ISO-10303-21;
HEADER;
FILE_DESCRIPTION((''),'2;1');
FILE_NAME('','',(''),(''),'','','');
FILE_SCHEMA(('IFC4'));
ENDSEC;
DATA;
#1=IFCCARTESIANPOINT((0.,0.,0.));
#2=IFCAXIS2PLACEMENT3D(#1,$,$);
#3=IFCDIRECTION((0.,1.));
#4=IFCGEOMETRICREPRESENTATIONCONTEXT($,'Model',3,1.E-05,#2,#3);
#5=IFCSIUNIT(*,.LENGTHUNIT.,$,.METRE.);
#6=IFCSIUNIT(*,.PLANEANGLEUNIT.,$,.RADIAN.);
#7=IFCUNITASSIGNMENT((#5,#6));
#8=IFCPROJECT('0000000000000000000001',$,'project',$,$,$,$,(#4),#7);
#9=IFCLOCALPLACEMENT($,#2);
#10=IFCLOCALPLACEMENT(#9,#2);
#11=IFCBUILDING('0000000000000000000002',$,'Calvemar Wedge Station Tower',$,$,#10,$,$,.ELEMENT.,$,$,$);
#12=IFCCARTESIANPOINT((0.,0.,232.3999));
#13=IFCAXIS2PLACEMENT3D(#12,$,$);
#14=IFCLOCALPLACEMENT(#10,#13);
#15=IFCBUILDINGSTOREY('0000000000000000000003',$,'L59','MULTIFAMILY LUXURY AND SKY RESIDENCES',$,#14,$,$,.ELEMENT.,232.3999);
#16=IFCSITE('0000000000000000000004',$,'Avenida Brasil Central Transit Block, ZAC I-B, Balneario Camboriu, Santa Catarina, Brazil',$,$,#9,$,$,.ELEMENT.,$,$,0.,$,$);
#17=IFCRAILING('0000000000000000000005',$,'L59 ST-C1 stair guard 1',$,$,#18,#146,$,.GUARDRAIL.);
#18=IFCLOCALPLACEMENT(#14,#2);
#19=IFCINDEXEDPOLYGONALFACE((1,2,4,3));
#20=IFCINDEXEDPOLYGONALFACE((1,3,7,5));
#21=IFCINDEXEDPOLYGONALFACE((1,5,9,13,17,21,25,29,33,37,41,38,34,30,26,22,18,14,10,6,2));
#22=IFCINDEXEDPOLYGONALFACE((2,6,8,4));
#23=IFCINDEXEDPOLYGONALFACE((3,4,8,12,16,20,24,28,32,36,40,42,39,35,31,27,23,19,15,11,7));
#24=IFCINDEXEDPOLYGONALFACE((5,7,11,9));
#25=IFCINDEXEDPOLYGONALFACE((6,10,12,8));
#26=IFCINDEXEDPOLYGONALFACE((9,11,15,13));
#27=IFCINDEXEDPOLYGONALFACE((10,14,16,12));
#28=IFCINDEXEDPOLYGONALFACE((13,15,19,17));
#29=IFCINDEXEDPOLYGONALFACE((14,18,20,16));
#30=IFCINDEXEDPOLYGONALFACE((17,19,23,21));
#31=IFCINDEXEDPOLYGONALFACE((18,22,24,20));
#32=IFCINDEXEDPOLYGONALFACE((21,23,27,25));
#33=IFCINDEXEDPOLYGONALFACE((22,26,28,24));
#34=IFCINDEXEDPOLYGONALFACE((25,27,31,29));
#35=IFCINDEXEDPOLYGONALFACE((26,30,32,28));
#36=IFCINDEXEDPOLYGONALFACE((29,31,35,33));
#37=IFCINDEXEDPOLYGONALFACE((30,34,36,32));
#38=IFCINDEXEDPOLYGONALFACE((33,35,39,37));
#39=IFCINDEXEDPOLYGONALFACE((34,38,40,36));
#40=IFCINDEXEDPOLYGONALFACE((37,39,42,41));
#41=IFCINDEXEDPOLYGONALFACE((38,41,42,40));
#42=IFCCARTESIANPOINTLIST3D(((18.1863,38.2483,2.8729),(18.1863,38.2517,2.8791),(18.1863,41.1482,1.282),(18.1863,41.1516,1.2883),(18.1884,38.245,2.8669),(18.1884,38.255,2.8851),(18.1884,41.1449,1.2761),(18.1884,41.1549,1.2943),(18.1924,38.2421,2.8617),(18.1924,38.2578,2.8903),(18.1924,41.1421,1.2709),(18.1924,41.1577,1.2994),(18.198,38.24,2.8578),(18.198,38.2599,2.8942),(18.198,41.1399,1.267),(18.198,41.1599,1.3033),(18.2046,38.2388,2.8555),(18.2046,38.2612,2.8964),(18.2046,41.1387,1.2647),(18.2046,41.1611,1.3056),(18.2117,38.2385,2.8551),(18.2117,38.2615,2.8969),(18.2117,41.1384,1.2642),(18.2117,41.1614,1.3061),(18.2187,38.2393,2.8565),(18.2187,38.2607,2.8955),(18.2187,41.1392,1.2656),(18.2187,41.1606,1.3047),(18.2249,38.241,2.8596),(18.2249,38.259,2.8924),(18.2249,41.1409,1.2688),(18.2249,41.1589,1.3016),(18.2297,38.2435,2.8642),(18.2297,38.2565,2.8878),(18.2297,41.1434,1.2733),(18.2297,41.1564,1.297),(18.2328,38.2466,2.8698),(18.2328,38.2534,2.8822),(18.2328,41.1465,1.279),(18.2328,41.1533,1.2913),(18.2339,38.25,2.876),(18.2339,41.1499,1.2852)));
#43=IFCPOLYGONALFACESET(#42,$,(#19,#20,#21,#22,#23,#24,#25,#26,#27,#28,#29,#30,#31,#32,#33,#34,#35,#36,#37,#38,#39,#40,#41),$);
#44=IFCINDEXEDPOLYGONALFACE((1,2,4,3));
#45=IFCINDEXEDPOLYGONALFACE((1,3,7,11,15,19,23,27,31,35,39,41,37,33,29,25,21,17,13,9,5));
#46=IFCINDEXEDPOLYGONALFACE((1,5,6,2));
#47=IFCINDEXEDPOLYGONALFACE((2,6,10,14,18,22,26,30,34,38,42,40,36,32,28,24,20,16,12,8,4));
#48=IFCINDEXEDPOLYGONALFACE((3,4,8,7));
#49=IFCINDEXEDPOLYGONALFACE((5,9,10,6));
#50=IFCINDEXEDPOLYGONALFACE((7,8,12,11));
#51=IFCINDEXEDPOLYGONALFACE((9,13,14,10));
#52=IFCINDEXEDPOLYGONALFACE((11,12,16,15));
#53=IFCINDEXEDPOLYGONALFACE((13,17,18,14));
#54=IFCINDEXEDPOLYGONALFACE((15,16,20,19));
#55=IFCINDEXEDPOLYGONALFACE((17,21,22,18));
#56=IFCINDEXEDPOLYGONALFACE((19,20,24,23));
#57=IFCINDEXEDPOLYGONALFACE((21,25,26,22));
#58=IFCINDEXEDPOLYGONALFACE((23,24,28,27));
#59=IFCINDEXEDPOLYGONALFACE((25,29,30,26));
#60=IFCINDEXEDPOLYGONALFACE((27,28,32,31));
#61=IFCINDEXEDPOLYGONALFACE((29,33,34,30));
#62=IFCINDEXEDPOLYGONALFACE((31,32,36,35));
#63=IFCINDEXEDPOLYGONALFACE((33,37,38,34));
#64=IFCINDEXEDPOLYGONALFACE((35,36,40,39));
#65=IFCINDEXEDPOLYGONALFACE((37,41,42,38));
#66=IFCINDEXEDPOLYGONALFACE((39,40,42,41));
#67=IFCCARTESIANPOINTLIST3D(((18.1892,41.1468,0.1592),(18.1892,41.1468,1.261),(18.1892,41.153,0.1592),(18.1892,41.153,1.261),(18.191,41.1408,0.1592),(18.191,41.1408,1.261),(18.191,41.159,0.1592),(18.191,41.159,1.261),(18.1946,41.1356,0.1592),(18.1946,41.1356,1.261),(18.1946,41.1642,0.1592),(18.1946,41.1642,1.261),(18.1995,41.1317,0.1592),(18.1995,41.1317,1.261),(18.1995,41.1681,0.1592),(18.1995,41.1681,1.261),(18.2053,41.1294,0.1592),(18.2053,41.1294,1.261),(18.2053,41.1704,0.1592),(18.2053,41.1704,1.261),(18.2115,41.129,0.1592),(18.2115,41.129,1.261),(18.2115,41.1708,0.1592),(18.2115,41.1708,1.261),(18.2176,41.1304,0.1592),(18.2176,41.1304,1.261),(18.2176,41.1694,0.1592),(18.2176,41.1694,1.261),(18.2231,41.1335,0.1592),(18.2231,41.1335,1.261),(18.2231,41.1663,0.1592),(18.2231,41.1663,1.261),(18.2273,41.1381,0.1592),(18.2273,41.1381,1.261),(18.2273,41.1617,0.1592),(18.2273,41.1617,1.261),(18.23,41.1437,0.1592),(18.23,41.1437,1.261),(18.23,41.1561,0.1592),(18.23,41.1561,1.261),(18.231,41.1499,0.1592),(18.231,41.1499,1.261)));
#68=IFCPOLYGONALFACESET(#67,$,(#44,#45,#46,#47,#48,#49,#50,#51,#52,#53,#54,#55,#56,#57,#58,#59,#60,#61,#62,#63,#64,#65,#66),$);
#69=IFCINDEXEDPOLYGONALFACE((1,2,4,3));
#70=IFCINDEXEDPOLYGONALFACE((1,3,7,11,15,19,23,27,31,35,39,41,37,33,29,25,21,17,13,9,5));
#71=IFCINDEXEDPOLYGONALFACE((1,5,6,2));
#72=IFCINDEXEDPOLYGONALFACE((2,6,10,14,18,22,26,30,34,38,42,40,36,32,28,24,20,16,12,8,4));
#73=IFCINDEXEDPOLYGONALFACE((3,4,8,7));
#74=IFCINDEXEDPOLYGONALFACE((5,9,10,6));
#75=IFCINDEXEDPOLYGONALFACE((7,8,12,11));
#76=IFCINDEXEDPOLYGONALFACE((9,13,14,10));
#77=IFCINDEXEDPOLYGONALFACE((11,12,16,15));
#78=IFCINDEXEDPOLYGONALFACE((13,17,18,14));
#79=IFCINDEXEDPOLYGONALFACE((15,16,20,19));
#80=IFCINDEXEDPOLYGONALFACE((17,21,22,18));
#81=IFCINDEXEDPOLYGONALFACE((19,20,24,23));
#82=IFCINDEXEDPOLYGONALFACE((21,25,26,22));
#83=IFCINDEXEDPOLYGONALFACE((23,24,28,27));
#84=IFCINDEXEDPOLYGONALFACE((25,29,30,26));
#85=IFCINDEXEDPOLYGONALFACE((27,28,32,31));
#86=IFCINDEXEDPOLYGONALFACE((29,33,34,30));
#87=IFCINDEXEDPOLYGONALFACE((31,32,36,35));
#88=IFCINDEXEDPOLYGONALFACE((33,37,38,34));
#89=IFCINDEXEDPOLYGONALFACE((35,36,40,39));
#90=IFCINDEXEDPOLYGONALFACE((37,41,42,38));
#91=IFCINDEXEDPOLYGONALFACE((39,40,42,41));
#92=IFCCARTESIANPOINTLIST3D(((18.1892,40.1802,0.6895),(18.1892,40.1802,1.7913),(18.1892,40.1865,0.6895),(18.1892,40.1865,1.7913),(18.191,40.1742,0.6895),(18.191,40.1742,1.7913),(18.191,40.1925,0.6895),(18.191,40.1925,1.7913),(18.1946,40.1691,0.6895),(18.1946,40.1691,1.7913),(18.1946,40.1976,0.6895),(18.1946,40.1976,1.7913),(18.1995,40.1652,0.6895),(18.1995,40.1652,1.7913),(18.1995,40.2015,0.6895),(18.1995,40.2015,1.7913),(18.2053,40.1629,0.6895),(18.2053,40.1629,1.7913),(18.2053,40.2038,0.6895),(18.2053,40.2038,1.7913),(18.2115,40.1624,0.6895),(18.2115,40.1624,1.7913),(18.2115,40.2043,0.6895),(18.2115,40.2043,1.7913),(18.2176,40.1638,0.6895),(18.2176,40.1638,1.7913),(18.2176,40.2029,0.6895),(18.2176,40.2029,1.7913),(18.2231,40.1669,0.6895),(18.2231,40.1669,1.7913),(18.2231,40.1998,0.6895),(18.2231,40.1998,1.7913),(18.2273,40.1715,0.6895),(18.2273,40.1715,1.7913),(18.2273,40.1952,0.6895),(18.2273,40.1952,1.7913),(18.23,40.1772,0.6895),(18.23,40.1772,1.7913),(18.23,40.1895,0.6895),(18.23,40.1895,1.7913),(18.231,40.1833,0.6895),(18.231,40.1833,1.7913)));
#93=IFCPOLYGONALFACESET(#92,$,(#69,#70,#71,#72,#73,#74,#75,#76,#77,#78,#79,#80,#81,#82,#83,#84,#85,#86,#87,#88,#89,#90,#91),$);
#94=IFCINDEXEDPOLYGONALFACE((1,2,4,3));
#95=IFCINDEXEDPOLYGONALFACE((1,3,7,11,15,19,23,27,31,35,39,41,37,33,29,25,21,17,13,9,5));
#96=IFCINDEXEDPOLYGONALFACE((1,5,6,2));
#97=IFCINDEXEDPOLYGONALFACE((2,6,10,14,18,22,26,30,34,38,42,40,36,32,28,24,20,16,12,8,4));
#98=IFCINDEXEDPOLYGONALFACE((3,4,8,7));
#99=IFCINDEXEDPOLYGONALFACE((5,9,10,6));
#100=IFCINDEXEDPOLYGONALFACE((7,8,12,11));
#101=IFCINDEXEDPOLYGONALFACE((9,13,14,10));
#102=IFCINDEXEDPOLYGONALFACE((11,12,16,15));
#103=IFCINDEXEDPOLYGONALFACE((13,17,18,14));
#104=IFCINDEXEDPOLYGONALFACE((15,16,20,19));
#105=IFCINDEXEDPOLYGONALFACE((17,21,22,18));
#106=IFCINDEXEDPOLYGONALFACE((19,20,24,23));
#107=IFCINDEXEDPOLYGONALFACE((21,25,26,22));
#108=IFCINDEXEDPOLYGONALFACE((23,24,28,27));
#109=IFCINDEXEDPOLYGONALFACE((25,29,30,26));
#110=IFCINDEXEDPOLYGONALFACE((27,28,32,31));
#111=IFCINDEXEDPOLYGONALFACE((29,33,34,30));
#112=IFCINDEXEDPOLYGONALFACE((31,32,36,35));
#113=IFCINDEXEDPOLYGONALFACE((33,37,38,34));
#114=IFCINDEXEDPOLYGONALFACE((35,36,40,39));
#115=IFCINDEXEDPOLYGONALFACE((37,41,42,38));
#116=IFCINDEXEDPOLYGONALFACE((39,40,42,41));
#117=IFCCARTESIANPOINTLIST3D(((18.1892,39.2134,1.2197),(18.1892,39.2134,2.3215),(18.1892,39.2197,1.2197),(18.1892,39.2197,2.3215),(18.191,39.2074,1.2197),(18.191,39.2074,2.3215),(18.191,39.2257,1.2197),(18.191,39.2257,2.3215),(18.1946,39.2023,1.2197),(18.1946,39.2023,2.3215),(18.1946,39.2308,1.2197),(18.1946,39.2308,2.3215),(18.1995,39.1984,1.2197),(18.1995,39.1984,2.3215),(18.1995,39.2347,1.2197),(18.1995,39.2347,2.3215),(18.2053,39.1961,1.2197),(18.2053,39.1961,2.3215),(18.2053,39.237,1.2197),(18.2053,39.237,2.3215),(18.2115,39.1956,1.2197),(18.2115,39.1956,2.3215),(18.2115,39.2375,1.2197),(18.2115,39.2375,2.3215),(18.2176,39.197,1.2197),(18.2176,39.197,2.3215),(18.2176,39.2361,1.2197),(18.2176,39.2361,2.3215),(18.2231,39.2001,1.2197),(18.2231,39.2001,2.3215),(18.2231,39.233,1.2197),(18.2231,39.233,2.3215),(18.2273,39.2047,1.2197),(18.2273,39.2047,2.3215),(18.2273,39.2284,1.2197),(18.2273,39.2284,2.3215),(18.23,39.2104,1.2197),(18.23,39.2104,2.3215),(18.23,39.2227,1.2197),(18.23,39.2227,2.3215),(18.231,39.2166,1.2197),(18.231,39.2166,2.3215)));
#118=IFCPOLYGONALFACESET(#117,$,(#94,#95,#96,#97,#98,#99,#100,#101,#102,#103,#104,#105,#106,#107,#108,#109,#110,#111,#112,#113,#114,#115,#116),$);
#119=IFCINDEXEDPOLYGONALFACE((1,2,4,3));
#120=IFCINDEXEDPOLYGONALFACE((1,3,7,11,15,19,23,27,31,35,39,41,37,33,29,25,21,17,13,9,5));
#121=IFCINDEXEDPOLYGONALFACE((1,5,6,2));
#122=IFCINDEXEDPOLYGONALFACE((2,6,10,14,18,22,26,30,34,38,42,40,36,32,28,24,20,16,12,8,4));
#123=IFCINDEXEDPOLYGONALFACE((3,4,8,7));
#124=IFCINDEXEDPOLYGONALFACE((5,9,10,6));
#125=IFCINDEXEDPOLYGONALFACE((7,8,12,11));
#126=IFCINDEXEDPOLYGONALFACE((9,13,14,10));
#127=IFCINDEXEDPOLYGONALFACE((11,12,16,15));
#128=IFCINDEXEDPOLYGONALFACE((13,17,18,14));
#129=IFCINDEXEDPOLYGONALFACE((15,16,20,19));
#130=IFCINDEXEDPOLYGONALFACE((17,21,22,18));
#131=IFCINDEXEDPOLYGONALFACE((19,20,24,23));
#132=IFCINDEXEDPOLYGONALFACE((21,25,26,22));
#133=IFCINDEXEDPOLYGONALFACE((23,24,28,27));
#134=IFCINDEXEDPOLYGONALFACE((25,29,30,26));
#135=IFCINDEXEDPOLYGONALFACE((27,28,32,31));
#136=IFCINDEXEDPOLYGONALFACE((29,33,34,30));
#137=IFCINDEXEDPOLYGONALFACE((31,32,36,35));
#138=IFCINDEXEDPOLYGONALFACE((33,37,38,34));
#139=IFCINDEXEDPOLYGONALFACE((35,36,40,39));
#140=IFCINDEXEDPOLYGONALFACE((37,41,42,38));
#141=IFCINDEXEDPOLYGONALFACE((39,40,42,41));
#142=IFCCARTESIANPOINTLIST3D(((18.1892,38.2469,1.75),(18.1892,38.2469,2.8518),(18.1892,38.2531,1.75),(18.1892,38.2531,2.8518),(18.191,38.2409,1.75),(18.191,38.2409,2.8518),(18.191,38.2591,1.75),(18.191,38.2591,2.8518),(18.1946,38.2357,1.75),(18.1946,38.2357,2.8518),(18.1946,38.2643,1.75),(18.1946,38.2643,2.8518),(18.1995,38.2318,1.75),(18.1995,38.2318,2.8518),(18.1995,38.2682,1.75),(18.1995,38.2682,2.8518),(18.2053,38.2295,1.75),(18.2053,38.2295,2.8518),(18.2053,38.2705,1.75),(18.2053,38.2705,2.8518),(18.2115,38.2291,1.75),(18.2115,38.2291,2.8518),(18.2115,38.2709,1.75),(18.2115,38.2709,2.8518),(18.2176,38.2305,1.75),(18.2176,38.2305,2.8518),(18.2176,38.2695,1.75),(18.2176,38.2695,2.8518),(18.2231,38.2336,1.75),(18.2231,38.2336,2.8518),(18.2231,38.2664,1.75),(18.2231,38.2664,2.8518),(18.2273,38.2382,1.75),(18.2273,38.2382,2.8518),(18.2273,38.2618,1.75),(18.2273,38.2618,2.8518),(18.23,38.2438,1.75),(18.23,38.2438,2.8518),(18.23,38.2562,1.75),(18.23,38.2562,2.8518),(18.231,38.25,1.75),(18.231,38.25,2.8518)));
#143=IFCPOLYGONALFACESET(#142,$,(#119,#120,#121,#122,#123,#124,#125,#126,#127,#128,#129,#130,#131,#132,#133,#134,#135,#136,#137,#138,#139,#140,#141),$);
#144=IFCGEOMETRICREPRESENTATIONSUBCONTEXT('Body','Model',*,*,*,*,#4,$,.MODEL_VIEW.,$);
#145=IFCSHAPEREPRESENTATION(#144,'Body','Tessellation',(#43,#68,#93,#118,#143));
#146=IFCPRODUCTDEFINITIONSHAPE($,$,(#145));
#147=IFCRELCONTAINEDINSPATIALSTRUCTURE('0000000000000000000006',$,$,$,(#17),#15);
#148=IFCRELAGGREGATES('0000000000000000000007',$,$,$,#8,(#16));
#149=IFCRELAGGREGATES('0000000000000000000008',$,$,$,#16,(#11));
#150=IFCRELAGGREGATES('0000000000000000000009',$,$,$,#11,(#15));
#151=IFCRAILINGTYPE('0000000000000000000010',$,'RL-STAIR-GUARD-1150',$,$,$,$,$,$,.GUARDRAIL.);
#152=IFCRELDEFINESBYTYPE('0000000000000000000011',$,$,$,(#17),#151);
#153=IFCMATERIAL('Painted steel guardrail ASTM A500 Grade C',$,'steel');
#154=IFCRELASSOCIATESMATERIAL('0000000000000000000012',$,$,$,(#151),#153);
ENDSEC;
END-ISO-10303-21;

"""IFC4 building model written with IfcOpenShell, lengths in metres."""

from ifc_helpers import new_model, si_unit, direction, frame, origin, origin_2d, place, context, subcontext, project, spatial, circle, extrude, material, type_object, element, save


model = new_model("IFC4")

# Units and contexts
model_context = context("Model", 3, precision=1e-05, world=origin(), true_north=direction((0.0, 1.0)))
body_context = subcontext(model_context, "Body", "Model", "MODEL_VIEW")
ifc_project = project(units=[si_unit("LENGTHUNIT", "METRE"), si_unit("PLANEANGLEUNIT", "RADIAN")], contexts=[model_context])

# Site, building, storey
site_placement = place(None, origin())
site = spatial("IfcSite", under=ifc_project, at=site_placement, Name="Avenida Brasil Central Transit Block, ZAC I-B, Balneario Camboriu, Santa Catarina, Brazil", CompositionType="ELEMENT", RefElevation=0.0)
building_placement = place(site_placement, origin())
building = spatial("IfcBuilding", under=site, at=building_placement, Name="Calvemar Wedge Station Tower", CompositionType="ELEMENT")
storey_placement = place(building_placement, frame((0.0, 0.0, 232.3999)))
storey = spatial("IfcBuildingStorey", under=building, at=storey_placement, Name="L59", Description="MULTIFAMILY LUXURY AND SKY RESIDENCES", CompositionType="ELEMENT", Elevation=232.3999)

# Railing
ifc_material_1 = material(Name="Painted steel guardrail ASTM A500 Grade C", Category="steel")
railing_type_1 = type_object("IfcRailingType", Name="RL-STAIR-GUARD-1150", PredefinedType="GUARDRAIL", material=ifc_material_1)
railing_1_placement = place(storey_placement, frame((18.21, 41.1499, 0.1592)))
element("IfcRailing", 1, at=railing_1_placement, inside=storey, type_object=railing_type_1, Name="L59 ST-C1 stair guard 1", PredefinedType="GUARDRAIL", context=body_context, shape_type="SweptSolid", body=[
    extrude(circle(Radius=0.0239, at=origin_2d()), frame((0.0, 0.0, 1.126), z_axis=(0.0, -0.876742, 0.480961), x_axis=(1.0, 0.0, 0.0)), (0.0, 0.0, 1.0), 3.3076),
    extrude(circle(Radius=0.021, at=origin_2d()), origin(), (0.0, 0.0, 1.0), 1.1018),
    extrude(circle(Radius=0.021, at=origin_2d()), frame((0.0, -0.9666, 0.5303)), (0.0, 0.0, 1.0), 1.1018),
    extrude(circle(Radius=0.021, at=origin_2d()), frame((0.0, -1.9333, 1.0605)), (0.0, 0.0, 1.0), 1.1018),
    extrude(circle(Radius=0.021, at=origin_2d()), frame((0.0, -2.8999, 1.5908)), (0.0, 0.0, 1.0), 1.1018),
])

save(model, "model.ifc")
